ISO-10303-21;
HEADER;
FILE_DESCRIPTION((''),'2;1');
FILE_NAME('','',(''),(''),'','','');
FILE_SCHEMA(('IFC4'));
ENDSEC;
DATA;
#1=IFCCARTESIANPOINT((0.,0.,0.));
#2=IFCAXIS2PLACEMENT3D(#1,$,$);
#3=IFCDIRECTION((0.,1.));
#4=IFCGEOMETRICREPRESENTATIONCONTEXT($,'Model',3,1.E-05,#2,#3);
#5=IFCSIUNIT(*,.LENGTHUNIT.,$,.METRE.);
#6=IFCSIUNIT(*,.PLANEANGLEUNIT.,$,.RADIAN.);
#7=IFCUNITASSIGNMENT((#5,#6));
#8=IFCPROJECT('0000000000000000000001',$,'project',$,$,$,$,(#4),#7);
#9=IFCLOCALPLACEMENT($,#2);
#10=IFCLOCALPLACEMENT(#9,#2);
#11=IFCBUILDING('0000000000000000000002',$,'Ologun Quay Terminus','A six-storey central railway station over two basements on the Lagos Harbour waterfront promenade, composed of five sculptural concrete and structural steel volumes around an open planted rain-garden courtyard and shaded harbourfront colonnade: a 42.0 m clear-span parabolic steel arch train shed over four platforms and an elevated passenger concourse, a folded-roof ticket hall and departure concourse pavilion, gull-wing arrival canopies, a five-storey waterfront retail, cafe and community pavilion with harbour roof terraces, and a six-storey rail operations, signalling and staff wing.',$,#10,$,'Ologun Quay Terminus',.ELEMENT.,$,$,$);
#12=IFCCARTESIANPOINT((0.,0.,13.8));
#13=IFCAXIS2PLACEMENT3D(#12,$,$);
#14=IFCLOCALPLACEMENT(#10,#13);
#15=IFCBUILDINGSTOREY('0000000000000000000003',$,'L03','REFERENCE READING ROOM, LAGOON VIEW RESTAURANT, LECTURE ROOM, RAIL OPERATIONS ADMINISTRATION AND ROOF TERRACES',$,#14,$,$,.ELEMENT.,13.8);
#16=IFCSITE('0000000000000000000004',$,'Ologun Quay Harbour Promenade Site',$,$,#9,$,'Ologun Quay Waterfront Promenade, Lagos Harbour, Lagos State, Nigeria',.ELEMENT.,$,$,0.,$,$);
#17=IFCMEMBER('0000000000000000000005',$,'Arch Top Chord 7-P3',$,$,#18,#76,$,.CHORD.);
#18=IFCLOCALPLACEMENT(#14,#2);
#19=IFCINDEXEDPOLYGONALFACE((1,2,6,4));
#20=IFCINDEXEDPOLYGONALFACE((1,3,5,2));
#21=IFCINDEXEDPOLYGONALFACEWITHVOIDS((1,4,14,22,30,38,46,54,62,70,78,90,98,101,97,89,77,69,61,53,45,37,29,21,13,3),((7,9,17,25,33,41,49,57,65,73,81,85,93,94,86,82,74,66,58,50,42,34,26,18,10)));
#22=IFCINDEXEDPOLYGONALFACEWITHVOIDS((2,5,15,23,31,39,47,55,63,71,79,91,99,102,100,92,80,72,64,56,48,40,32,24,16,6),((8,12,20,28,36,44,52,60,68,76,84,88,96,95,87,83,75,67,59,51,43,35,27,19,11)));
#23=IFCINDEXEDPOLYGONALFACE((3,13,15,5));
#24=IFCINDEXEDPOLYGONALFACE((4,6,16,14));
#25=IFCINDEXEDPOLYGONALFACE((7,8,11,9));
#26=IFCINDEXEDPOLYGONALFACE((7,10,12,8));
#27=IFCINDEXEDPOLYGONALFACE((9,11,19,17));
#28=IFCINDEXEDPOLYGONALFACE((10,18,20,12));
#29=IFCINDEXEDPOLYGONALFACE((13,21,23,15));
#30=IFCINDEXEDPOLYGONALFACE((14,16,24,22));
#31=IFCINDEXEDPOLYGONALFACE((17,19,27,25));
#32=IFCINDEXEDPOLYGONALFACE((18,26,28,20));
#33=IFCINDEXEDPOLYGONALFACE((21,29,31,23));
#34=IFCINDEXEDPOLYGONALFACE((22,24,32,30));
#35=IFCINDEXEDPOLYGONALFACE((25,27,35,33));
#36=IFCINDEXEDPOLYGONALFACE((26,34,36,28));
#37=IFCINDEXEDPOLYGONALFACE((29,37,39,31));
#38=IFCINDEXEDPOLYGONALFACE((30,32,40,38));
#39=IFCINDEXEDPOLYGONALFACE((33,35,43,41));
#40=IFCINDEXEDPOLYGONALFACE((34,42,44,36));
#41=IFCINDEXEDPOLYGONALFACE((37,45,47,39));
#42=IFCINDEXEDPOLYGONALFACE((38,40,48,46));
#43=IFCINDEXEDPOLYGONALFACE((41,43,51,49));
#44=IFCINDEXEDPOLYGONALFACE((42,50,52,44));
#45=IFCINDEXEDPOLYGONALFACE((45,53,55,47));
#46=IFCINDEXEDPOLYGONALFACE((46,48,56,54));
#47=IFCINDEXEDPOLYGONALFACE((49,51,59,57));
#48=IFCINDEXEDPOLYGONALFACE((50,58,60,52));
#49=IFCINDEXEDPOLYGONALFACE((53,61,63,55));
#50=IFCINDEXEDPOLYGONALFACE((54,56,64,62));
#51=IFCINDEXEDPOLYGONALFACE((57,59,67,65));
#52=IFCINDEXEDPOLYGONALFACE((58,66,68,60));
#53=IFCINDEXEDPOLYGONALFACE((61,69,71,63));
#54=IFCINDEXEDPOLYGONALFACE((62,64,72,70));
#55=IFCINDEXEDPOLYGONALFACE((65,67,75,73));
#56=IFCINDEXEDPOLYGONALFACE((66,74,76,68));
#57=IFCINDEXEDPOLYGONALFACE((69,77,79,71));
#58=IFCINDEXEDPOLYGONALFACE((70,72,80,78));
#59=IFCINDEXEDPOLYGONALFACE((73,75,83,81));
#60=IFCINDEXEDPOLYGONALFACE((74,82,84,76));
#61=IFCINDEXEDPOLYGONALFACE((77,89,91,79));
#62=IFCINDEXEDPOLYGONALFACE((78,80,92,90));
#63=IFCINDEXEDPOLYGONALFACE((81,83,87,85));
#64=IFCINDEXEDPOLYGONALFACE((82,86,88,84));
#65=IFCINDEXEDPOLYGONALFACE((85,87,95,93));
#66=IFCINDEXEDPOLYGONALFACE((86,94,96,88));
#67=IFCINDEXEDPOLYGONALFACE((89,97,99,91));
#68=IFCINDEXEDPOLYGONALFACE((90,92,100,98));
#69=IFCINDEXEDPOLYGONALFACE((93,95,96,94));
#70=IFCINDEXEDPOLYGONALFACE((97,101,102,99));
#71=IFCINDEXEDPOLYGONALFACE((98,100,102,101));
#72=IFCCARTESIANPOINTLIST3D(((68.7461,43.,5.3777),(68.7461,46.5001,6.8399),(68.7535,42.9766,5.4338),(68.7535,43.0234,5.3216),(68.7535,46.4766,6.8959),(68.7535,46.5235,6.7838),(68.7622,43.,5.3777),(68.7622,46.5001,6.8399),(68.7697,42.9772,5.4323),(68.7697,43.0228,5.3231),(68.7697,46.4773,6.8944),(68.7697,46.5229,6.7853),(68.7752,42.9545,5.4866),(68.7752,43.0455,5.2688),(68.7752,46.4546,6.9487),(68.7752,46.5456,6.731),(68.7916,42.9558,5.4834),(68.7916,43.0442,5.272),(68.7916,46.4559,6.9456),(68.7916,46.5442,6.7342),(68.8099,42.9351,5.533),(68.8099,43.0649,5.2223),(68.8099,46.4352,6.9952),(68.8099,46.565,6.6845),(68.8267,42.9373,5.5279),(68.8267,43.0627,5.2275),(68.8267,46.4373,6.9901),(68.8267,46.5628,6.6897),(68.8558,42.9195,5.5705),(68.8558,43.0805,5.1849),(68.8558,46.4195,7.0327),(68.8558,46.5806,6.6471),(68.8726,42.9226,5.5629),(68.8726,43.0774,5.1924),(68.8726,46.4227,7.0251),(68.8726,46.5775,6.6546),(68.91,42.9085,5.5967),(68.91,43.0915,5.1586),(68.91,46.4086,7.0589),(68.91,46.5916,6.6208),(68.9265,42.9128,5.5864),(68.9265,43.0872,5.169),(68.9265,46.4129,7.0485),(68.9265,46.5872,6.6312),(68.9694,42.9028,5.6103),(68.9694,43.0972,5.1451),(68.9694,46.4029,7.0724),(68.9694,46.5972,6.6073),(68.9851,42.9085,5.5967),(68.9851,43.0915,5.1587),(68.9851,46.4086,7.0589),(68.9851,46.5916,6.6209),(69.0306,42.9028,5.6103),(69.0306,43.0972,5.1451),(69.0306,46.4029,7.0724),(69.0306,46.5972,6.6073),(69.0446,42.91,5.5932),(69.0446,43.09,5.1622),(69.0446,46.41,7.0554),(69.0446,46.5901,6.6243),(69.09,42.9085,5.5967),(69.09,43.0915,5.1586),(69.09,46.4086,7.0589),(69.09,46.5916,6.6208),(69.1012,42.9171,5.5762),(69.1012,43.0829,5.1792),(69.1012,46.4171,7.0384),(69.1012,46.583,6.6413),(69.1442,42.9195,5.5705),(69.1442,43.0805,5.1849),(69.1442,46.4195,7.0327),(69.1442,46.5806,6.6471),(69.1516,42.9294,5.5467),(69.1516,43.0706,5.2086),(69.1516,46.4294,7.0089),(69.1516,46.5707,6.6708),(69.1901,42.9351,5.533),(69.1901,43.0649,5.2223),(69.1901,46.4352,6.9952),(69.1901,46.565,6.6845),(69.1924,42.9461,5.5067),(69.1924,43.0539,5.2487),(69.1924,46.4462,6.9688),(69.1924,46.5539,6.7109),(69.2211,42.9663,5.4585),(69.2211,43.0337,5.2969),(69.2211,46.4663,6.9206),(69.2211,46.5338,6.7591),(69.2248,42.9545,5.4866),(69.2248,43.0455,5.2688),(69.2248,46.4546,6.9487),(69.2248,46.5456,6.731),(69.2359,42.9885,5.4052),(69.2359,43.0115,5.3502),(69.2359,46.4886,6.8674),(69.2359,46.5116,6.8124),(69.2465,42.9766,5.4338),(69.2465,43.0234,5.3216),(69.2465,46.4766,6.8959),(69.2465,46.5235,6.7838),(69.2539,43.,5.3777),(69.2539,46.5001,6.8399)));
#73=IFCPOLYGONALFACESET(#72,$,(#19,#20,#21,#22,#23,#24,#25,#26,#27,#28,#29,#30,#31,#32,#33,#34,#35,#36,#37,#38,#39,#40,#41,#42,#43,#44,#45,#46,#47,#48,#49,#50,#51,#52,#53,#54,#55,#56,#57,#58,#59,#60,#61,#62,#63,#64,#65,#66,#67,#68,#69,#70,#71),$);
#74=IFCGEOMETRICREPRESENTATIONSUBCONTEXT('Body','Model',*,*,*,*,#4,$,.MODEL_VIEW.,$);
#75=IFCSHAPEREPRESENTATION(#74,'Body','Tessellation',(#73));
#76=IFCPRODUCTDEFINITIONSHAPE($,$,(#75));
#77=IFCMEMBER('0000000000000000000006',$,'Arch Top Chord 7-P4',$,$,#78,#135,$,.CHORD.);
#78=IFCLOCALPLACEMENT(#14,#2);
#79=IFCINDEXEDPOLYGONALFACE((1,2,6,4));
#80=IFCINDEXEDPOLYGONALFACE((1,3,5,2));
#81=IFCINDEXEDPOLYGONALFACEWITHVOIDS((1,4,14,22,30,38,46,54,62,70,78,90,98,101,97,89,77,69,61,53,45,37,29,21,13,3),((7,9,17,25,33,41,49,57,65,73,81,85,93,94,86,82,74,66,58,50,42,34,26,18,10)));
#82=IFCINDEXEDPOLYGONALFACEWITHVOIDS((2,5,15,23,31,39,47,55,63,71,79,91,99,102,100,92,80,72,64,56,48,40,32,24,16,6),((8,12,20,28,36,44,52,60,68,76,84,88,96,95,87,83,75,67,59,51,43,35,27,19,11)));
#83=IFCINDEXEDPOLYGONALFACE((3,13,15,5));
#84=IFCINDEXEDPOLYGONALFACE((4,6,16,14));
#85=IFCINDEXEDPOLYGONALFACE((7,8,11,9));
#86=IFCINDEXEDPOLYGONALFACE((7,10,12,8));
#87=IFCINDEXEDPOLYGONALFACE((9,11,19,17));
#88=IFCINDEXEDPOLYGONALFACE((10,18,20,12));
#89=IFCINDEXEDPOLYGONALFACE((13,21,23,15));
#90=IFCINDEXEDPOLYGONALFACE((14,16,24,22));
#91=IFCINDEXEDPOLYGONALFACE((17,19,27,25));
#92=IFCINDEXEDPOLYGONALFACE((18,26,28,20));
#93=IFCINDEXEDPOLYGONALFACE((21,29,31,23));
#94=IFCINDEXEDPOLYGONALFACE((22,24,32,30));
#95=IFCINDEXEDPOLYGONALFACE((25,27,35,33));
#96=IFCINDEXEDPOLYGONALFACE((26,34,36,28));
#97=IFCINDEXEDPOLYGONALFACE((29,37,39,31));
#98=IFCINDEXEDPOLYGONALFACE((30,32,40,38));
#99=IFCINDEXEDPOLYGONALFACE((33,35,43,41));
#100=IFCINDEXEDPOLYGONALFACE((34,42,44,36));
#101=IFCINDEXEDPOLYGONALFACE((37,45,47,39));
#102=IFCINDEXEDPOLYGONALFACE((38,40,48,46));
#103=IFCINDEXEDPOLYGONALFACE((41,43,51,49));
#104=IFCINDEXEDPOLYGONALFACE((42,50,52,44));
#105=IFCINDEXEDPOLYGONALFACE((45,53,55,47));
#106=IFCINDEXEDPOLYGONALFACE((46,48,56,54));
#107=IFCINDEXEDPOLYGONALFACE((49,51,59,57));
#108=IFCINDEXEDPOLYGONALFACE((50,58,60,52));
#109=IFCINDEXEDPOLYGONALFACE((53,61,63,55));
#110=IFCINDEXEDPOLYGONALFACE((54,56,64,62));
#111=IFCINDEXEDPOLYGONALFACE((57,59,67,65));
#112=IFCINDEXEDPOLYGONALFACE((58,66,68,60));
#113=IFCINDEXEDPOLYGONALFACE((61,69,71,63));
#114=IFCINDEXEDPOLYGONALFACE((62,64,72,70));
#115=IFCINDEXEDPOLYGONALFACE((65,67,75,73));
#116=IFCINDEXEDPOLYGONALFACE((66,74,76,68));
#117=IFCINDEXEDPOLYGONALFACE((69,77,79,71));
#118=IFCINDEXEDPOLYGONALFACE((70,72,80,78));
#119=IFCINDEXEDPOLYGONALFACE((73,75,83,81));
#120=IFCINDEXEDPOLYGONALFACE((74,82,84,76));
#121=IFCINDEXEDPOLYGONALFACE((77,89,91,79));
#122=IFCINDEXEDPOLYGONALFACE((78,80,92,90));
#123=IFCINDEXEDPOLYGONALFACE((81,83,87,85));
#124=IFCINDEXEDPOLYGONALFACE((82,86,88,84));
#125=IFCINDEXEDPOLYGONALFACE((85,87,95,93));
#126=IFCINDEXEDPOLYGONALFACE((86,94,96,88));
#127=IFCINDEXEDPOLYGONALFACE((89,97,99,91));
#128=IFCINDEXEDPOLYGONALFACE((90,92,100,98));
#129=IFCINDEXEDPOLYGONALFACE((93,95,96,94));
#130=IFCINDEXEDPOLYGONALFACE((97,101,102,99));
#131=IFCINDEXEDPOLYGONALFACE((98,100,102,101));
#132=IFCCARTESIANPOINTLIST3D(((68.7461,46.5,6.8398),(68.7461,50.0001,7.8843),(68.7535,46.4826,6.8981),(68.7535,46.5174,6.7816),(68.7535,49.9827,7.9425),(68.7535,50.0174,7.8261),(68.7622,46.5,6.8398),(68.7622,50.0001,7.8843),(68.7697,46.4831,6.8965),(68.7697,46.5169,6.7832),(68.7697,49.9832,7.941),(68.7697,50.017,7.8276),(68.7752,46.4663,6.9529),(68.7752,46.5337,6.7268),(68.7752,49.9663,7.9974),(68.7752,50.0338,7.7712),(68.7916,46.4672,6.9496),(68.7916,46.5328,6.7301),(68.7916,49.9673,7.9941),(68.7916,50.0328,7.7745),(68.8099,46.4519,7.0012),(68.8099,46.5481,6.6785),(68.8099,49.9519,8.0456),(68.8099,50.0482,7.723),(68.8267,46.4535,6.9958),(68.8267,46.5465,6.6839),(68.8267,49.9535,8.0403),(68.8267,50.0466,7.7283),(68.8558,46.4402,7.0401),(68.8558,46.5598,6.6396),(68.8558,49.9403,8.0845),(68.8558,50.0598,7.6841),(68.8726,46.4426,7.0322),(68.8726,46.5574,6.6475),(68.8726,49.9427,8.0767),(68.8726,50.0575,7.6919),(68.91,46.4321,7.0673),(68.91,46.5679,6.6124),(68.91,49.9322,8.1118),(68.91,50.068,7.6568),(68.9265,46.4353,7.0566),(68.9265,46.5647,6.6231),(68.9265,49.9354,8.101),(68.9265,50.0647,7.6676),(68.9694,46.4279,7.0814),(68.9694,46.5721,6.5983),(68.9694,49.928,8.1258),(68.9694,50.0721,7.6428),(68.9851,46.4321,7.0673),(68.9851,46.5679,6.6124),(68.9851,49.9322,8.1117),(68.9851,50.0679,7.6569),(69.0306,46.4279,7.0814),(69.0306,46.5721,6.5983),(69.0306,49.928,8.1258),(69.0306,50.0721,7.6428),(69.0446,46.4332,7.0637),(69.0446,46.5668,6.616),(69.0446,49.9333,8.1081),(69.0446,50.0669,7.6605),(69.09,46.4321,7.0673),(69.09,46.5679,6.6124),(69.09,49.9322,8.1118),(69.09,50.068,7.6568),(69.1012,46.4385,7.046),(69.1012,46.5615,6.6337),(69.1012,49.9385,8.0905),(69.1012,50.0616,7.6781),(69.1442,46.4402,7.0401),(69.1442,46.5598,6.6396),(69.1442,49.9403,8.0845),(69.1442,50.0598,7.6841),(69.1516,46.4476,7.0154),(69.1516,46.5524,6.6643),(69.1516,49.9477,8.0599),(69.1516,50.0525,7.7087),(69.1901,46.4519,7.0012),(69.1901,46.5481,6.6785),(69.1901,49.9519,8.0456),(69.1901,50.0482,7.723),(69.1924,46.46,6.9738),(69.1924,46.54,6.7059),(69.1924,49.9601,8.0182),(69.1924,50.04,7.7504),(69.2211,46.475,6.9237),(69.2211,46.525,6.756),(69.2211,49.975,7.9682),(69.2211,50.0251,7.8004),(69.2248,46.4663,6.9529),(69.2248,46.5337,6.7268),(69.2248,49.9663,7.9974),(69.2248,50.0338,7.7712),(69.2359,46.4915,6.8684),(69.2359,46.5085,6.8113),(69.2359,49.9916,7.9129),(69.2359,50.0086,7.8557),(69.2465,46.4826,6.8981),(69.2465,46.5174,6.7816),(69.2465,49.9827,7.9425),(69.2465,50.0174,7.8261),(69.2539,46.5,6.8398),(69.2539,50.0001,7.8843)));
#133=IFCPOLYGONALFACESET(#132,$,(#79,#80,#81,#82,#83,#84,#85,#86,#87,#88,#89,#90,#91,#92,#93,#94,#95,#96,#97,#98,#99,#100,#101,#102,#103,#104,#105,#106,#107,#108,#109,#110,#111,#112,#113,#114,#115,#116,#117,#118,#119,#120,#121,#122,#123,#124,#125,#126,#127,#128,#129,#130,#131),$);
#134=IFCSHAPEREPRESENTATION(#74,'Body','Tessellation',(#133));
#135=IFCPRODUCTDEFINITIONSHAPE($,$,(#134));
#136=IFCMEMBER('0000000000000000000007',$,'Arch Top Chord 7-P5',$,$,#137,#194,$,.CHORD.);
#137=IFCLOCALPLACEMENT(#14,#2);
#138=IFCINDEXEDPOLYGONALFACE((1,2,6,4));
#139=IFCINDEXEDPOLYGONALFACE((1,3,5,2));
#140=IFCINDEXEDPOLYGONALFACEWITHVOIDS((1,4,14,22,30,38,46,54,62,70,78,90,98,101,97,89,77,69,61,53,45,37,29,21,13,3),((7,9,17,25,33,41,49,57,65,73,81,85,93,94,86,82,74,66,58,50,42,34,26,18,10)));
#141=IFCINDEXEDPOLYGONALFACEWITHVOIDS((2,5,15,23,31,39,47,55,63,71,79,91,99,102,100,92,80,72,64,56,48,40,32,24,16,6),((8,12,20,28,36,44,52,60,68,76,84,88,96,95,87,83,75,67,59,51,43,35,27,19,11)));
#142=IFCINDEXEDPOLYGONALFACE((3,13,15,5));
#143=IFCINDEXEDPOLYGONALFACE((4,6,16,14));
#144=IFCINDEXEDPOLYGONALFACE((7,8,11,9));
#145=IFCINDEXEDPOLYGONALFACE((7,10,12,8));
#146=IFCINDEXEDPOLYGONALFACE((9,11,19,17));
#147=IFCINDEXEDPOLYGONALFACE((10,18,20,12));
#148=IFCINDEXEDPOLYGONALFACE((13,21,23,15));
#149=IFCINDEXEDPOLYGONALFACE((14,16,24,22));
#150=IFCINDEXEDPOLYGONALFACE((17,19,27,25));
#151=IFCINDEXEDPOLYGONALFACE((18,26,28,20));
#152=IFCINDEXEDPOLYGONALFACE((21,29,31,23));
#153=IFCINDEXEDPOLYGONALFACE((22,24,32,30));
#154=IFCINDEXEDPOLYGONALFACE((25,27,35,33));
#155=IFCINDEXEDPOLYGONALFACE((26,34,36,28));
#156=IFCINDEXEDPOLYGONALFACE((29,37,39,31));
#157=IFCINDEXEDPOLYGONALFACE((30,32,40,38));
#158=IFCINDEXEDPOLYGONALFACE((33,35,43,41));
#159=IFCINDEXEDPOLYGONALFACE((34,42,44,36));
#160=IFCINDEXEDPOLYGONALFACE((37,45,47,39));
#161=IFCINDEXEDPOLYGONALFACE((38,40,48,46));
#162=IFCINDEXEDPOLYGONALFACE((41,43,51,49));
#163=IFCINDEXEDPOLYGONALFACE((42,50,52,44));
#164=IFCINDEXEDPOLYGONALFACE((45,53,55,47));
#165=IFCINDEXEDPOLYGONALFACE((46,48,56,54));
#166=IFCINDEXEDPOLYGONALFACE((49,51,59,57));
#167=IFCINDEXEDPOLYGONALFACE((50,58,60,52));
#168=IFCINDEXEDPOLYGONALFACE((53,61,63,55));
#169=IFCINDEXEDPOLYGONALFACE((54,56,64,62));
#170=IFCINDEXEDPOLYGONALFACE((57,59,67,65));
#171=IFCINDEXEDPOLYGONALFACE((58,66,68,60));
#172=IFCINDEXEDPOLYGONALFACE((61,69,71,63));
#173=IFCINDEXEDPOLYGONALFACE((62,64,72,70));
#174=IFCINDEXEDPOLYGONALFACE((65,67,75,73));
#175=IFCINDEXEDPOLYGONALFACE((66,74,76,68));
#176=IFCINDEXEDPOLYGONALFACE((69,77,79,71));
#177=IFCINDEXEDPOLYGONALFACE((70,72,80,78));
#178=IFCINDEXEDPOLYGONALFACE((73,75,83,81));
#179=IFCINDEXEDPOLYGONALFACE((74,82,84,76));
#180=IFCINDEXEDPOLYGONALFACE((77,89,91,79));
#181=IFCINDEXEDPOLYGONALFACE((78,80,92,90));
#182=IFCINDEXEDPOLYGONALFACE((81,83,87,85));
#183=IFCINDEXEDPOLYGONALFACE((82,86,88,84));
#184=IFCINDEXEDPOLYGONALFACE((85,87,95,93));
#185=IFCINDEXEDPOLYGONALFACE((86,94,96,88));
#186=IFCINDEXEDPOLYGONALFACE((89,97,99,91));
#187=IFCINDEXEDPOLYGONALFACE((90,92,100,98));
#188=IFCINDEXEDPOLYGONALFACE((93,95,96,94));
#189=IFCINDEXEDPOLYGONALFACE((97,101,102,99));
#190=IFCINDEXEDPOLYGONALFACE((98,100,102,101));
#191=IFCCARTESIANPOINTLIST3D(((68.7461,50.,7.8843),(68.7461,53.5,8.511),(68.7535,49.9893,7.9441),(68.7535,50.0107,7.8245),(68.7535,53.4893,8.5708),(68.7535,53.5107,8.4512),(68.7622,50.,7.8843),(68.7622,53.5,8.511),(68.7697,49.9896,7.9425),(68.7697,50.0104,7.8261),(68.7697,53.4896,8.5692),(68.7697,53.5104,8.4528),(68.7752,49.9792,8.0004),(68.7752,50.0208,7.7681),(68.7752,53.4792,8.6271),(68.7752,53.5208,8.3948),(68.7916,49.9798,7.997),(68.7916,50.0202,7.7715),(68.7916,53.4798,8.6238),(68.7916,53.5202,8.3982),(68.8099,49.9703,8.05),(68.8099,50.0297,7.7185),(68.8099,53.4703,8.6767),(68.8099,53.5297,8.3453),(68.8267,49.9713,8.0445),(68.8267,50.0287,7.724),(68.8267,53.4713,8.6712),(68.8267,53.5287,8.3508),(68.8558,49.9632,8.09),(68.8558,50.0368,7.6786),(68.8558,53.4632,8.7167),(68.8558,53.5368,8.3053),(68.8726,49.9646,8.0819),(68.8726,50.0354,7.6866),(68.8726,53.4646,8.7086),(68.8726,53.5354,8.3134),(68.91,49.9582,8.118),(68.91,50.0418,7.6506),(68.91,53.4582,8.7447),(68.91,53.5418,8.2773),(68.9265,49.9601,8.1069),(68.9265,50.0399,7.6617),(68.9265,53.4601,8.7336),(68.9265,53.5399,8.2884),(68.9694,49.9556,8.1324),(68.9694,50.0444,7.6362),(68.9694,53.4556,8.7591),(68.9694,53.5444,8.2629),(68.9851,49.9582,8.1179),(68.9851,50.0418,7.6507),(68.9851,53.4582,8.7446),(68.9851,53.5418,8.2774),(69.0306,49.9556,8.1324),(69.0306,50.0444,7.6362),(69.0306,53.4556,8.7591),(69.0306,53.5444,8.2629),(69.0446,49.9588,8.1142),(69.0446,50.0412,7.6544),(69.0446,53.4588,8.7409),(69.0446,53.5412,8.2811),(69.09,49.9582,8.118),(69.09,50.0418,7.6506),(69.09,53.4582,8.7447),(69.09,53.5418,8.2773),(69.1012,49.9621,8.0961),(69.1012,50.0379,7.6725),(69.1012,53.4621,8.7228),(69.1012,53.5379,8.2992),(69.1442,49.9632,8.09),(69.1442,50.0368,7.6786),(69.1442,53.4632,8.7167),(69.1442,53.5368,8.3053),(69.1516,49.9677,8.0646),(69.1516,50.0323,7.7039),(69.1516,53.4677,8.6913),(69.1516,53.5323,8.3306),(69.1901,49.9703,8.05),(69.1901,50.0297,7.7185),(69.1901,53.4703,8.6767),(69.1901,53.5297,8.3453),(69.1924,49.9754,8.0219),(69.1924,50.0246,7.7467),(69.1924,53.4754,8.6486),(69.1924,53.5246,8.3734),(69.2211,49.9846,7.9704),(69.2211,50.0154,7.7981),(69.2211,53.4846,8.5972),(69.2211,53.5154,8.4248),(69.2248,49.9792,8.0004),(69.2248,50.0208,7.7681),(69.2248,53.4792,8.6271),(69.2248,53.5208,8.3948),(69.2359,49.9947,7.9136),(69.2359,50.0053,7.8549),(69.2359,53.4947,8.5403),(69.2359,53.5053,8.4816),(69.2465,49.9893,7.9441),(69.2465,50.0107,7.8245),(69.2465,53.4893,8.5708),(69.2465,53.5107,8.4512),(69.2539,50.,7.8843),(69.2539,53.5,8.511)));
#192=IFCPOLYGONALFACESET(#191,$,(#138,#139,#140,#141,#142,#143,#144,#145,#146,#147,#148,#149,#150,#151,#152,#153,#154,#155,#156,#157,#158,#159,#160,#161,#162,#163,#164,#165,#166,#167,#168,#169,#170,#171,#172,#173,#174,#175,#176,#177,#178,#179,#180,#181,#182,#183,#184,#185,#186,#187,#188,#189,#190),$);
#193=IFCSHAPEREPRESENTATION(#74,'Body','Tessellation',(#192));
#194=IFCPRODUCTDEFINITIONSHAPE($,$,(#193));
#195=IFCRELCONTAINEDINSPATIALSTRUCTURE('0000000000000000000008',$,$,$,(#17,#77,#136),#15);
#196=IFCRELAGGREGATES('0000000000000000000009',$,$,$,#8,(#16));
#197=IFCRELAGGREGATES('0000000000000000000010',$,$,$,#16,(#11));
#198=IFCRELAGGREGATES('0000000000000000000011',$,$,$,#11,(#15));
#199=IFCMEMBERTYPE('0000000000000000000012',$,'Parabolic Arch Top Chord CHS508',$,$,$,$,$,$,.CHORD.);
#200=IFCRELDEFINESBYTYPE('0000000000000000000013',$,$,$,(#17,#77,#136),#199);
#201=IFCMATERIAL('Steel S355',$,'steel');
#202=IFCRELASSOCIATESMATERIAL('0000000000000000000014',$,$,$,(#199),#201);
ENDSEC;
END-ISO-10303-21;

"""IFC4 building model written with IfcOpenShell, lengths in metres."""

from ifc_helpers import new_model, si_unit, direction, frame, origin, origin_2d, place, context, subcontext, project, spatial, hollow_circle, extrude, material, material_profile, profile_set, type_object, element, save


model = new_model("IFC4")

# Units and contexts
model_context = context("Model", 3, precision=1e-05, world=origin(), true_north=direction((0.0, 1.0)))
body_context = subcontext(model_context, "Body", "Model", "MODEL_VIEW")
ifc_project = project(units=[si_unit("LENGTHUNIT", "METRE"), si_unit("PLANEANGLEUNIT", "RADIAN")], contexts=[model_context])

# Site, building, storey
site_placement = place(None, origin())
site = spatial("IfcSite", under=ifc_project, at=site_placement, Name="Ologun Quay Harbour Promenade Site", LongName="Ologun Quay Waterfront Promenade, Lagos Harbour, Lagos State, Nigeria", CompositionType="ELEMENT", RefElevation=0.0)
building_placement = place(site_placement, origin())
building = spatial("IfcBuilding", under=site, at=building_placement, Name="Ologun Quay Terminus", Description="A six-storey central railway station over two basements on the Lagos Harbour waterfront promenade, composed of five sculptural concrete and structural steel volumes around an open planted rain-garden courtyard and shaded harbourfront colonnade: a 42.0 m clear-span parabolic steel arch train shed over four platforms and an elevated passenger concourse, a folded-roof ticket hall and departure concourse pavilion, gull-wing arrival canopies, a five-storey waterfront retail, cafe and community pavilion with harbour roof terraces, and a six-storey rail operations, signalling and staff wing.", LongName="Ologun Quay Terminus", CompositionType="ELEMENT")
storey_placement = place(building_placement, frame((0.0, 0.0, 13.8)))
storey = spatial("IfcBuildingStorey", under=building, at=storey_placement, Name="L03", Description="REFERENCE READING ROOM, LAGOON VIEW RESTAURANT, LECTURE ROOM, RAIL OPERATIONS ADMINISTRATION AND ROOF TERRACES", CompositionType="ELEMENT", Elevation=13.8)

# Members
ifc_material_1 = material(Name="Steel S355", Category="steel")
ifc_material_profile_1 = material_profile(ifc_material_1, hollow_circle(Radius=0.2539, WallThickness=0.0161, at=origin_2d()), Name="CHS 508x16")
ifc_profile_set_1 = profile_set([ifc_material_profile_1], Name="Steel S355")
member_type_1 = type_object("IfcMemberType", Name="Parabolic Arch Top Chord CHS508", PredefinedType="CHORD", material=ifc_profile_set_1)
member_1_placement = place(storey_placement, frame((69.0, 43.0, 5.3777), z_axis=(0.0, 0.922719, 0.385474), x_axis=(-1.0, 0.0, 0.0)))
element("IfcMember", 1, at=member_1_placement, inside=storey, type_object=member_type_1, Name="Arch Top Chord 7-P3", PredefinedType="CHORD", context=body_context, shape_type="SweptSolid", body=[
    extrude(hollow_circle(Radius=0.2539, WallThickness=0.0161, at=origin_2d()), origin(), (0.0, 0.0, 1.0), 3.7932),
])
member_2_placement = place(storey_placement, frame((69.0, 46.5, 6.8398), z_axis=(0.0, 0.958245, 0.285949), x_axis=(-1.0, 0.0, 0.0)))
element("IfcMember", 2, at=member_2_placement, inside=storey, type_object=member_type_1, Name="Arch Top Chord 7-P4", PredefinedType="CHORD", context=body_context, shape_type="SweptSolid", body=[
    extrude(hollow_circle(Radius=0.2539, WallThickness=0.0161, at=origin_2d()), origin(), (0.0, 0.0, 1.0), 3.6526),
])
member_3_placement = place(storey_placement, frame((69.0, 50.0, 7.8843), z_axis=(0.0, 0.984344, 0.176256), x_axis=(-1.0, 0.0, 0.0)))
element("IfcMember", 3, at=member_3_placement, inside=storey, type_object=member_type_1, Name="Arch Top Chord 7-P5", PredefinedType="CHORD", context=body_context, shape_type="SweptSolid", body=[
    extrude(hollow_circle(Radius=0.2539, WallThickness=0.0161, at=origin_2d()), origin(), (0.0, 0.0, 1.0), 3.5557),
])

save(model, "model.ifc")
